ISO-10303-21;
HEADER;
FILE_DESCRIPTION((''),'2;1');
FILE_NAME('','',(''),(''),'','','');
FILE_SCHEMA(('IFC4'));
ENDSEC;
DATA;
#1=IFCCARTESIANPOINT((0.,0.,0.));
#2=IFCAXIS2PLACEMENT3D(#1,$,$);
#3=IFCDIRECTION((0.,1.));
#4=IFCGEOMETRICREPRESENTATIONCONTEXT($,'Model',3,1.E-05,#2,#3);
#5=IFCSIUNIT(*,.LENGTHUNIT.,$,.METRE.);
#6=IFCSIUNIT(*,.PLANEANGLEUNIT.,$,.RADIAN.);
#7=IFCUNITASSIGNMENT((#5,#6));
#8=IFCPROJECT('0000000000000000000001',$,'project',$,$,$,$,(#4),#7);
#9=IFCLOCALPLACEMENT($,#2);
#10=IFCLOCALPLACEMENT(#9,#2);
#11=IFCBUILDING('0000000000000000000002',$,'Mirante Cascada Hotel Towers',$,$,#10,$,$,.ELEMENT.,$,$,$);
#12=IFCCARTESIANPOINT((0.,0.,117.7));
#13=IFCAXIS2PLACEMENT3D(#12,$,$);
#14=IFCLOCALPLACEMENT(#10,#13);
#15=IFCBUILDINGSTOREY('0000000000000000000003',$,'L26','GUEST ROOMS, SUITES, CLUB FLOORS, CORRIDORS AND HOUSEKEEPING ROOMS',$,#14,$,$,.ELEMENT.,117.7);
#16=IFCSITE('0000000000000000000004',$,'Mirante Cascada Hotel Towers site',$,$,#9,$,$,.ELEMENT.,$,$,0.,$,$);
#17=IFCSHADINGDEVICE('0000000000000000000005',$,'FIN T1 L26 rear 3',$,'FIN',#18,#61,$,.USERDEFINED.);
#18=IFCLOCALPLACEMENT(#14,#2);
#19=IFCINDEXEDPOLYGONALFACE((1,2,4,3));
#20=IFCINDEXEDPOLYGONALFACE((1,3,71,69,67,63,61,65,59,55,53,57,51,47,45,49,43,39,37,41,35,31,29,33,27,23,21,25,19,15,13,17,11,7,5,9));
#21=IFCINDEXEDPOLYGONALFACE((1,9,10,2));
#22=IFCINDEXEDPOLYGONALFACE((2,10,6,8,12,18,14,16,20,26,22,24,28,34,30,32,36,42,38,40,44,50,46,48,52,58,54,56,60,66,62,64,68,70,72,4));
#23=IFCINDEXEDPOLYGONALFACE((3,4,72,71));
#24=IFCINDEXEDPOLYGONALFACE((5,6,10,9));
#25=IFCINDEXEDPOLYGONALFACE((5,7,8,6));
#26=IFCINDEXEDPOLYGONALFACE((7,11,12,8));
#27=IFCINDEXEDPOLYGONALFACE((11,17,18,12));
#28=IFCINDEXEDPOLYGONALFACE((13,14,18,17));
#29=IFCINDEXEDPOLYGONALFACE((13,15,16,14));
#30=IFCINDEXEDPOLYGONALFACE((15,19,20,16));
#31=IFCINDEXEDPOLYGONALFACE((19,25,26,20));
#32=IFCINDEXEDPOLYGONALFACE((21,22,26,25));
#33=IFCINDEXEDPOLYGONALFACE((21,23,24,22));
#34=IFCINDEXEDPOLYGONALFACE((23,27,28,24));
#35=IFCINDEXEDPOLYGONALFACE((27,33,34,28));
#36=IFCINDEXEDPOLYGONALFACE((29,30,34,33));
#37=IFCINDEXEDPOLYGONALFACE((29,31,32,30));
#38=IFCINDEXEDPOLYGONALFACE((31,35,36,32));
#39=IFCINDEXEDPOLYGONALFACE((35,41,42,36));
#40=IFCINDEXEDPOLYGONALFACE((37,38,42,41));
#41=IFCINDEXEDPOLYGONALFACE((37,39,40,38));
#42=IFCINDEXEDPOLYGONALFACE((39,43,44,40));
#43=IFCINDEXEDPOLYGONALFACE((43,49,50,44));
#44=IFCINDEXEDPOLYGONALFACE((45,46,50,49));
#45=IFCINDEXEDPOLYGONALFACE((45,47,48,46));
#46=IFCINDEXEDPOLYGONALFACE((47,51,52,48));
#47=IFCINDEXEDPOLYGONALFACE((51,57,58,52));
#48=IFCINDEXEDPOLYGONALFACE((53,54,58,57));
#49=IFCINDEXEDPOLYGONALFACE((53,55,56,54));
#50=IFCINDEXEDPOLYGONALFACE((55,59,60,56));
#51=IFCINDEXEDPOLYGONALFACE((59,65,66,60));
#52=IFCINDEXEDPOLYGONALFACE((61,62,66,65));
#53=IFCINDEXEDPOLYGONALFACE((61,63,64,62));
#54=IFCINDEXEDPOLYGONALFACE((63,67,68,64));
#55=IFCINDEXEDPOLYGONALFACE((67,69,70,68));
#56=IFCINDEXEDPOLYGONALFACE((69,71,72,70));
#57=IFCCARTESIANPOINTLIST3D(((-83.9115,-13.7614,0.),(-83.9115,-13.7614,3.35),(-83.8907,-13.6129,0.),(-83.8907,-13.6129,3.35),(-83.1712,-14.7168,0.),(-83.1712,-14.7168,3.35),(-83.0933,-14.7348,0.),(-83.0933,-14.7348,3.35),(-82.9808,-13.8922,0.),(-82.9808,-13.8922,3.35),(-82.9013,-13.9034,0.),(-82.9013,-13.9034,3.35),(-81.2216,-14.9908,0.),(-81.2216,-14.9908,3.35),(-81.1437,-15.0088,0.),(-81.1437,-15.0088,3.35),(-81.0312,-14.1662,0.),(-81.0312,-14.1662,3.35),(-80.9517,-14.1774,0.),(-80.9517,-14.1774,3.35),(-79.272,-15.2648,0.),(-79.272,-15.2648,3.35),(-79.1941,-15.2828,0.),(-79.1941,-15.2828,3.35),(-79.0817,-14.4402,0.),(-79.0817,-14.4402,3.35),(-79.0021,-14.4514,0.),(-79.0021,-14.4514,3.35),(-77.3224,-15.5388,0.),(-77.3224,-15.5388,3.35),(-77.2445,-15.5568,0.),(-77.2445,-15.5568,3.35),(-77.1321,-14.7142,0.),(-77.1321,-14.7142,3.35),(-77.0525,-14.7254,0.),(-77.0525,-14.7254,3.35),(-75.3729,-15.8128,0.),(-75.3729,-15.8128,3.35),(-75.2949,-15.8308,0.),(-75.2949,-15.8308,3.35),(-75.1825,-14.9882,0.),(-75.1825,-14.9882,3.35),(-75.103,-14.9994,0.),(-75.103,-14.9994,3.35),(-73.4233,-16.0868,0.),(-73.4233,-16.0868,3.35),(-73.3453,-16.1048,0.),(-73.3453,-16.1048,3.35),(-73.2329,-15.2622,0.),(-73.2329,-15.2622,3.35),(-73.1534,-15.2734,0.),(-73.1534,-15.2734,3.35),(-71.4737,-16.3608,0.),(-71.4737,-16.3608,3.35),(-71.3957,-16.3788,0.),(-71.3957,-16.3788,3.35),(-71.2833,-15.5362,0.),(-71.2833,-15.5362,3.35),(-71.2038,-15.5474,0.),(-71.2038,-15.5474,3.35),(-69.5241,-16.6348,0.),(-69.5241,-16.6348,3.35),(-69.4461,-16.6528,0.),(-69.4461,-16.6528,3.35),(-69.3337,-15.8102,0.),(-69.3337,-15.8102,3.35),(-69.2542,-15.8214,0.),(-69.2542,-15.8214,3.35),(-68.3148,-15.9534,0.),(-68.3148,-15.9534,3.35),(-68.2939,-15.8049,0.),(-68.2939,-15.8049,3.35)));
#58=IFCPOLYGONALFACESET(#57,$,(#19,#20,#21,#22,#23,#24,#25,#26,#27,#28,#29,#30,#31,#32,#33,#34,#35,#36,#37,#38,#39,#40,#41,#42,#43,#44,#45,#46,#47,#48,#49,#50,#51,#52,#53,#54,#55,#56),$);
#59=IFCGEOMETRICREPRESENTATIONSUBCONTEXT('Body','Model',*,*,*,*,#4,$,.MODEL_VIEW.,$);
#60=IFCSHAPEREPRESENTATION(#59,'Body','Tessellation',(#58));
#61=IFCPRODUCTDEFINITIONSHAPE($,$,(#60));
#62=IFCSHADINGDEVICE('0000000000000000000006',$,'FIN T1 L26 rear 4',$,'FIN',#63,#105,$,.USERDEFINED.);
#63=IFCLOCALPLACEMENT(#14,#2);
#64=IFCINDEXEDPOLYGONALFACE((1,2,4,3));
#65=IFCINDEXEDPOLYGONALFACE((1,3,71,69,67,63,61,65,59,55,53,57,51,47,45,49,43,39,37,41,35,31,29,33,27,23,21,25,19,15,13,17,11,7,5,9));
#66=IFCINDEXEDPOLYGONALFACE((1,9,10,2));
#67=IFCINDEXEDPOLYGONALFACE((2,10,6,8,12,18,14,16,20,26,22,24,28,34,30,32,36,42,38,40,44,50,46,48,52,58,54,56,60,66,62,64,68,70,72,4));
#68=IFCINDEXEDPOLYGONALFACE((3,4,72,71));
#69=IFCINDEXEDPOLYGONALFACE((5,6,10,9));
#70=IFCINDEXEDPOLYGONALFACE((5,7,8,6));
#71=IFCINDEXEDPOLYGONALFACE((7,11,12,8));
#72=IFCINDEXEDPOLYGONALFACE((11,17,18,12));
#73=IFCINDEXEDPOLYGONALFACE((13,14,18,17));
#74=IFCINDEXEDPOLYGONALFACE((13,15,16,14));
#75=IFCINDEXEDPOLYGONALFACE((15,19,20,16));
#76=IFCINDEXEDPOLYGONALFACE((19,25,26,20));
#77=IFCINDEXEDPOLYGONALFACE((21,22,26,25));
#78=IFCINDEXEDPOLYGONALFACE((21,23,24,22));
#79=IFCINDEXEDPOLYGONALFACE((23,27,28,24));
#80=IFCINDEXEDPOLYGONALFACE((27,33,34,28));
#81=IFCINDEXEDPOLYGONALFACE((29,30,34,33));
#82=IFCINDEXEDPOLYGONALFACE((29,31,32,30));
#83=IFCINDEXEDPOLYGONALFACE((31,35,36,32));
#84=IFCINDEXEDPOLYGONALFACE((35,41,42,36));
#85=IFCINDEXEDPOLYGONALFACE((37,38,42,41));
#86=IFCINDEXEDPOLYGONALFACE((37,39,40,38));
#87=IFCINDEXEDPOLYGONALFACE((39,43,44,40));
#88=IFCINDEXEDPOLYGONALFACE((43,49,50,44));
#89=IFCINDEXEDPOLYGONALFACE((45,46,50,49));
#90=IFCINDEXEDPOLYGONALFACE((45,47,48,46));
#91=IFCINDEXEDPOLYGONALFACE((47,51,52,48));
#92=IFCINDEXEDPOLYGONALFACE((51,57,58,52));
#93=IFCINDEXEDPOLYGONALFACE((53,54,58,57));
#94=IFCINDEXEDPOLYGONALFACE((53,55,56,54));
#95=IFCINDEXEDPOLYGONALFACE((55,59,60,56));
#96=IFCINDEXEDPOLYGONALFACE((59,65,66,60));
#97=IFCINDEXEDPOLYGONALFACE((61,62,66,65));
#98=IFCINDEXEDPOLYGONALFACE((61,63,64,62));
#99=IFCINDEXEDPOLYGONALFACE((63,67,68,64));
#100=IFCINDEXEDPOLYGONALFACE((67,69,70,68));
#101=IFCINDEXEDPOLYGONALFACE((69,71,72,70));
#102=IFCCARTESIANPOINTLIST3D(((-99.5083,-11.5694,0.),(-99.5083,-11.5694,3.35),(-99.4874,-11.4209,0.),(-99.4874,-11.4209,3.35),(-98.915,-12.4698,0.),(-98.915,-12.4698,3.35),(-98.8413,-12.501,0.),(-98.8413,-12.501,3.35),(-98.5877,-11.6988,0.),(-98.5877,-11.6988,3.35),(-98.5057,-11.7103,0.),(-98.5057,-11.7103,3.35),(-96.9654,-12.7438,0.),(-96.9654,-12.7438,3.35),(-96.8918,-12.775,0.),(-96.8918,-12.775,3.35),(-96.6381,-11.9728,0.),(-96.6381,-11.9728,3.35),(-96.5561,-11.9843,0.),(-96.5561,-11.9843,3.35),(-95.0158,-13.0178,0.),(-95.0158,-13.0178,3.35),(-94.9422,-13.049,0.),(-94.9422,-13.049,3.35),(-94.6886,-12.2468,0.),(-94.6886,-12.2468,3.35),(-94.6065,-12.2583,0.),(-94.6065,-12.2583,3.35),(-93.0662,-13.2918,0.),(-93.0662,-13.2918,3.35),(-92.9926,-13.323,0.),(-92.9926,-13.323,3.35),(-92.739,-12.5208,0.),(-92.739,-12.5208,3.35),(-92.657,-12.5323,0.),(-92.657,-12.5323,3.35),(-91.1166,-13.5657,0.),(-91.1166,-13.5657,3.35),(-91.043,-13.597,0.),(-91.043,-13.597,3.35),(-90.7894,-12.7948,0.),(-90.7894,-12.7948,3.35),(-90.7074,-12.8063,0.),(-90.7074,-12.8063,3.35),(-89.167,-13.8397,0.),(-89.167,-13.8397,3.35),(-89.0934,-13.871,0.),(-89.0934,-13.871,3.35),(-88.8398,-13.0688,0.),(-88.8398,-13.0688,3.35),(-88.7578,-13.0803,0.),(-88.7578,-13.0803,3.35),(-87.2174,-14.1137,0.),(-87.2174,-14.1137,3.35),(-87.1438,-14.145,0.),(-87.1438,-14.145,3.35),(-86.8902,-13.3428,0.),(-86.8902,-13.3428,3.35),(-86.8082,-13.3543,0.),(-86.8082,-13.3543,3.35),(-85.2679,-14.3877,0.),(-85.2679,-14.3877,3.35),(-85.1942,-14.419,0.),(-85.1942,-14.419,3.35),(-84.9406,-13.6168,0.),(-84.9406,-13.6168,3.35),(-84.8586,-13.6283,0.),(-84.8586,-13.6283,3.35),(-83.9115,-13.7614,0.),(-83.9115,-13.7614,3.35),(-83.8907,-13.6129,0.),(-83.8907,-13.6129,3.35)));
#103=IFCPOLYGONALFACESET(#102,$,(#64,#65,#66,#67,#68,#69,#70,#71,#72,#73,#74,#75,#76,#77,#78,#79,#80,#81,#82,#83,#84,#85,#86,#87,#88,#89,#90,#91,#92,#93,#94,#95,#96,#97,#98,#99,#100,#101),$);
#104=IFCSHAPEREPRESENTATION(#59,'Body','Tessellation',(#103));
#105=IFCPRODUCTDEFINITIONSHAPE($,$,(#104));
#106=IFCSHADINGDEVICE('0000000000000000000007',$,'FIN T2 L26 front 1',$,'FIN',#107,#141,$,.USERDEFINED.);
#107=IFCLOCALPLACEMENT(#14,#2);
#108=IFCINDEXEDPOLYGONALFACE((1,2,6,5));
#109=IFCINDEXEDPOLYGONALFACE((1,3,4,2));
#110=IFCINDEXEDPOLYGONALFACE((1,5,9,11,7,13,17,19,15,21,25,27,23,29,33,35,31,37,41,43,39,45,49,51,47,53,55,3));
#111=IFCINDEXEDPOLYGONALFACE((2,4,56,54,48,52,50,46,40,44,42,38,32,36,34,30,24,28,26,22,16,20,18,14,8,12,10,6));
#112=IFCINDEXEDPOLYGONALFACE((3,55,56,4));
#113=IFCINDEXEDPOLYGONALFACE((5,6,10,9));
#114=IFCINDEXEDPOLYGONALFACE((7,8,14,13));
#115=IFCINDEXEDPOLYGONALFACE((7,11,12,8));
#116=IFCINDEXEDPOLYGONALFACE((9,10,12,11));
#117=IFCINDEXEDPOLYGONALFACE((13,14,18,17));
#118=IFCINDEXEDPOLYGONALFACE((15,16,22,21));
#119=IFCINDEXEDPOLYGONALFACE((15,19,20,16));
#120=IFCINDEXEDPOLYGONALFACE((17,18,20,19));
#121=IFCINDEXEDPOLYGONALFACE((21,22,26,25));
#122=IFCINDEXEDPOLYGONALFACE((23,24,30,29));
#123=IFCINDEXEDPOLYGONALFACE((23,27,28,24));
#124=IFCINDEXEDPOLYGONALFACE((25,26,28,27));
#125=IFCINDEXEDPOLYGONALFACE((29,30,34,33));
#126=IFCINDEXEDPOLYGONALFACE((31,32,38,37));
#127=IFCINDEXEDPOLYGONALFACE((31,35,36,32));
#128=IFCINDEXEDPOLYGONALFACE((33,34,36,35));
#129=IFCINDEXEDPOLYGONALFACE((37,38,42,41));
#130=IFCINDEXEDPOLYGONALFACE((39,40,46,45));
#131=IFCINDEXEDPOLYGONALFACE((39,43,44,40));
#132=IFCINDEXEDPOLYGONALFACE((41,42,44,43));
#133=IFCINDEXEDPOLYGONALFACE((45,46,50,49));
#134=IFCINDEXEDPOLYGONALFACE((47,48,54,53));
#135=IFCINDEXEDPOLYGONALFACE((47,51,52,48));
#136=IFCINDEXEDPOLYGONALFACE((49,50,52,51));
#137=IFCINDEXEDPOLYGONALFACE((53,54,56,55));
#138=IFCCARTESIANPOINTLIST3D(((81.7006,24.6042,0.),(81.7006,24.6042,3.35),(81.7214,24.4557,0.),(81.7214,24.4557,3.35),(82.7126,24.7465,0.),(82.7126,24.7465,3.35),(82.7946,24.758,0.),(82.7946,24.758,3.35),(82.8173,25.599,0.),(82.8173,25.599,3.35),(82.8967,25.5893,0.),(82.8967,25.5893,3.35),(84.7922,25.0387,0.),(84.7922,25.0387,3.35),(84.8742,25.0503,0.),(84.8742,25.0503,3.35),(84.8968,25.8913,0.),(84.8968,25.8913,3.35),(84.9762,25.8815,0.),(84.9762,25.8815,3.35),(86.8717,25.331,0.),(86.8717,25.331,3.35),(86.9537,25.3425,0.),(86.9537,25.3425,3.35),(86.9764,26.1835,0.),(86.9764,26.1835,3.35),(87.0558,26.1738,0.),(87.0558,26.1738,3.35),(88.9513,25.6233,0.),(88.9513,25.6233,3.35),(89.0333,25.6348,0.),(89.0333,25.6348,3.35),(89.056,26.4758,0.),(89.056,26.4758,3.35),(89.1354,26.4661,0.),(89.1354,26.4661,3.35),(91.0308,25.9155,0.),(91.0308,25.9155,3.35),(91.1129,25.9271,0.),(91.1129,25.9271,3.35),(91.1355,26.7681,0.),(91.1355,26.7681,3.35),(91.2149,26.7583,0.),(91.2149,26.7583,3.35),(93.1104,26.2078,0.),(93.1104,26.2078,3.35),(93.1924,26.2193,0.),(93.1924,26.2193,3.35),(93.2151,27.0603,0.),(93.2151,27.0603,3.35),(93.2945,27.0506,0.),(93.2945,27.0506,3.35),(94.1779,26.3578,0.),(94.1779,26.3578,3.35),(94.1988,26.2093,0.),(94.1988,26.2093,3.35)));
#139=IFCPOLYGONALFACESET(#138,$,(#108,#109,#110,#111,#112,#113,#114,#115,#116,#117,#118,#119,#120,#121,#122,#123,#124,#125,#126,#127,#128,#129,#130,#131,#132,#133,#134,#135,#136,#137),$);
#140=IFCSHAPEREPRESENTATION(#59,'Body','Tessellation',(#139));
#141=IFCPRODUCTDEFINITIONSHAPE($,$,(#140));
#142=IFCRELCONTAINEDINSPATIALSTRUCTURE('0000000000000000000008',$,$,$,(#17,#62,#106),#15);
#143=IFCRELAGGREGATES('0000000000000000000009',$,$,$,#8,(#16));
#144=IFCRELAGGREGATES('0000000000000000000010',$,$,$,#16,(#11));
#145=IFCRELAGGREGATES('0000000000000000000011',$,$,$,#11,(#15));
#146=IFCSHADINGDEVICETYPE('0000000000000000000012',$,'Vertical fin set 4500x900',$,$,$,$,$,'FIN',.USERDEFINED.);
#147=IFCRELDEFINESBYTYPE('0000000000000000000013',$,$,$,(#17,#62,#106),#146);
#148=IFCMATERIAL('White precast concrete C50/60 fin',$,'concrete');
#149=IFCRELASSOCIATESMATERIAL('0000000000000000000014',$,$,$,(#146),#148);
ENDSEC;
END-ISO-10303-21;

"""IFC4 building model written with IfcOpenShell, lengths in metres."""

from ifc_helpers import new_model, si_unit, direction, frame, origin, place, context, subcontext, project, spatial, polyline, outline, extrude, material, type_object, element, save


model = new_model("IFC4")

# Units and contexts
model_context = context("Model", 3, precision=1e-05, world=origin(), true_north=direction((0.0, 1.0)))
body_context = subcontext(model_context, "Body", "Model", "MODEL_VIEW")
ifc_project = project(units=[si_unit("LENGTHUNIT", "METRE"), si_unit("PLANEANGLEUNIT", "RADIAN")], contexts=[model_context])

# Site, building, storey
site_placement = place(None, origin())
site = spatial("IfcSite", under=ifc_project, at=site_placement, Name="Mirante Cascada Hotel Towers site", CompositionType="ELEMENT", RefElevation=0.0)
building_placement = place(site_placement, origin())
building = spatial("IfcBuilding", under=site, at=building_placement, Name="Mirante Cascada Hotel Towers", CompositionType="ELEMENT")
storey_placement = place(building_placement, frame((0.0, 0.0, 117.7)))
storey = spatial("IfcBuildingStorey", under=building, at=storey_placement, Name="L26", Description="GUEST ROOMS, SUITES, CLUB FLOORS, CORRIDORS AND HOUSEKEEPING ROOMS", CompositionType="ELEMENT", Elevation=117.7)

# Shading devices
ifc_material_1 = material(Name="White precast concrete C50/60 fin", Category="concrete")
shading_device_type = type_object("IfcShadingDeviceType", Name="Vertical fin set 4500x900", ElementType="FIN", PredefinedType="USERDEFINED", material=ifc_material_1)
shading_device_1_placement = place(storey_placement, origin())
element("IfcShadingDevice", 1, at=shading_device_1_placement, inside=storey, type_object=shading_device_type, Name="FIN T1 L26 rear 3", ObjectType="FIN", PredefinedType="USERDEFINED", context=body_context, shape_type="SweptSolid", body=[
    extrude(outline(polyline([(-69.3337, -15.8102), (-71.2038, -15.5474), (-71.3957, -16.3788), (-71.4737, -16.3608), (-71.2833, -15.5362), (-73.1534, -15.2734), (-73.3453, -16.1048), (-73.4233, -16.0868), (-73.2329, -15.2622), (-75.103, -14.9994), (-75.2949, -15.8308), (-75.3729, -15.8128), (-75.1825, -14.9882), (-77.0525, -14.7254), (-77.2445, -15.5568), (-77.3224, -15.5388), (-77.1321, -14.7142), (-79.0021, -14.4514), (-79.1941, -15.2828), (-79.272, -15.2648), (-79.0817, -14.4402), (-80.9517, -14.1774), (-81.1437, -15.0088), (-81.2216, -14.9908), (-81.0312, -14.1662), (-82.9013, -13.9034), (-83.0933, -14.7348), (-83.1712, -14.7168), (-82.9808, -13.8922), (-83.9115, -13.7614), (-83.8907, -13.6129), (-68.2939, -15.8049), (-68.3148, -15.9534), (-69.2542, -15.8214), (-69.4461, -16.6528), (-69.5241, -16.6348), (-69.3337, -15.8102)])), origin(), (0.0, 0.0, 1.0), 3.35),
])
shading_device_2_placement = place(storey_placement, origin())
element("IfcShadingDevice", 2, at=shading_device_2_placement, inside=storey, type_object=shading_device_type, Name="FIN T1 L26 rear 4", ObjectType="FIN", PredefinedType="USERDEFINED", context=body_context, shape_type="SweptSolid", body=[
    extrude(outline(polyline([(-84.9406, -13.6168), (-86.8082, -13.3543), (-87.1438, -14.145), (-87.2174, -14.1137), (-86.8902, -13.3428), (-88.7578, -13.0803), (-89.0934, -13.871), (-89.167, -13.8397), (-88.8398, -13.0688), (-90.7074, -12.8063), (-91.043, -13.597), (-91.1166, -13.5657), (-90.7894, -12.7948), (-92.657, -12.5323), (-92.9926, -13.323), (-93.0662, -13.2918), (-92.739, -12.5208), (-94.6065, -12.2583), (-94.9422, -13.049), (-95.0158, -13.0178), (-94.6886, -12.2468), (-96.5561, -11.9843), (-96.8918, -12.775), (-96.9654, -12.7438), (-96.6381, -11.9728), (-98.5057, -11.7103), (-98.8413, -12.501), (-98.915, -12.4698), (-98.5877, -11.6988), (-99.5083, -11.5694), (-99.4874, -11.4209), (-83.8907, -13.6129), (-83.9115, -13.7614), (-84.8586, -13.6283), (-85.1942, -14.419), (-85.2679, -14.3877), (-84.9406, -13.6168)])), origin(), (0.0, 0.0, 1.0), 3.35),
])
shading_device_3_placement = place(storey_placement, origin())
element("IfcShadingDevice", 3, at=shading_device_3_placement, inside=storey, type_object=shading_device_type, Name="FIN T2 L26 front 1", ObjectType="FIN", PredefinedType="USERDEFINED", context=body_context, shape_type="SweptSolid", body=[
    extrude(outline(polyline([(82.8967, 25.5893), (82.7946, 24.758), (84.7922, 25.0387), (84.8968, 25.8913), (84.9762, 25.8815), (84.8742, 25.0503), (86.8717, 25.331), (86.9764, 26.1835), (87.0558, 26.1738), (86.9537, 25.3425), (88.9513, 25.6233), (89.056, 26.4758), (89.1354, 26.4661), (89.0333, 25.6348), (91.0308, 25.9155), (91.1355, 26.7681), (91.2149, 26.7583), (91.1129, 25.9271), (93.1104, 26.2078), (93.2151, 27.0603), (93.2945, 27.0506), (93.1924, 26.2193), (94.1779, 26.3578), (94.1988, 26.2093), (81.7214, 24.4557), (81.7006, 24.6042), (82.7126, 24.7465), (82.8173, 25.599), (82.8967, 25.5893)])), origin(), (0.0, 0.0, 1.0), 3.35),
])

save(model, "model.ifc")
